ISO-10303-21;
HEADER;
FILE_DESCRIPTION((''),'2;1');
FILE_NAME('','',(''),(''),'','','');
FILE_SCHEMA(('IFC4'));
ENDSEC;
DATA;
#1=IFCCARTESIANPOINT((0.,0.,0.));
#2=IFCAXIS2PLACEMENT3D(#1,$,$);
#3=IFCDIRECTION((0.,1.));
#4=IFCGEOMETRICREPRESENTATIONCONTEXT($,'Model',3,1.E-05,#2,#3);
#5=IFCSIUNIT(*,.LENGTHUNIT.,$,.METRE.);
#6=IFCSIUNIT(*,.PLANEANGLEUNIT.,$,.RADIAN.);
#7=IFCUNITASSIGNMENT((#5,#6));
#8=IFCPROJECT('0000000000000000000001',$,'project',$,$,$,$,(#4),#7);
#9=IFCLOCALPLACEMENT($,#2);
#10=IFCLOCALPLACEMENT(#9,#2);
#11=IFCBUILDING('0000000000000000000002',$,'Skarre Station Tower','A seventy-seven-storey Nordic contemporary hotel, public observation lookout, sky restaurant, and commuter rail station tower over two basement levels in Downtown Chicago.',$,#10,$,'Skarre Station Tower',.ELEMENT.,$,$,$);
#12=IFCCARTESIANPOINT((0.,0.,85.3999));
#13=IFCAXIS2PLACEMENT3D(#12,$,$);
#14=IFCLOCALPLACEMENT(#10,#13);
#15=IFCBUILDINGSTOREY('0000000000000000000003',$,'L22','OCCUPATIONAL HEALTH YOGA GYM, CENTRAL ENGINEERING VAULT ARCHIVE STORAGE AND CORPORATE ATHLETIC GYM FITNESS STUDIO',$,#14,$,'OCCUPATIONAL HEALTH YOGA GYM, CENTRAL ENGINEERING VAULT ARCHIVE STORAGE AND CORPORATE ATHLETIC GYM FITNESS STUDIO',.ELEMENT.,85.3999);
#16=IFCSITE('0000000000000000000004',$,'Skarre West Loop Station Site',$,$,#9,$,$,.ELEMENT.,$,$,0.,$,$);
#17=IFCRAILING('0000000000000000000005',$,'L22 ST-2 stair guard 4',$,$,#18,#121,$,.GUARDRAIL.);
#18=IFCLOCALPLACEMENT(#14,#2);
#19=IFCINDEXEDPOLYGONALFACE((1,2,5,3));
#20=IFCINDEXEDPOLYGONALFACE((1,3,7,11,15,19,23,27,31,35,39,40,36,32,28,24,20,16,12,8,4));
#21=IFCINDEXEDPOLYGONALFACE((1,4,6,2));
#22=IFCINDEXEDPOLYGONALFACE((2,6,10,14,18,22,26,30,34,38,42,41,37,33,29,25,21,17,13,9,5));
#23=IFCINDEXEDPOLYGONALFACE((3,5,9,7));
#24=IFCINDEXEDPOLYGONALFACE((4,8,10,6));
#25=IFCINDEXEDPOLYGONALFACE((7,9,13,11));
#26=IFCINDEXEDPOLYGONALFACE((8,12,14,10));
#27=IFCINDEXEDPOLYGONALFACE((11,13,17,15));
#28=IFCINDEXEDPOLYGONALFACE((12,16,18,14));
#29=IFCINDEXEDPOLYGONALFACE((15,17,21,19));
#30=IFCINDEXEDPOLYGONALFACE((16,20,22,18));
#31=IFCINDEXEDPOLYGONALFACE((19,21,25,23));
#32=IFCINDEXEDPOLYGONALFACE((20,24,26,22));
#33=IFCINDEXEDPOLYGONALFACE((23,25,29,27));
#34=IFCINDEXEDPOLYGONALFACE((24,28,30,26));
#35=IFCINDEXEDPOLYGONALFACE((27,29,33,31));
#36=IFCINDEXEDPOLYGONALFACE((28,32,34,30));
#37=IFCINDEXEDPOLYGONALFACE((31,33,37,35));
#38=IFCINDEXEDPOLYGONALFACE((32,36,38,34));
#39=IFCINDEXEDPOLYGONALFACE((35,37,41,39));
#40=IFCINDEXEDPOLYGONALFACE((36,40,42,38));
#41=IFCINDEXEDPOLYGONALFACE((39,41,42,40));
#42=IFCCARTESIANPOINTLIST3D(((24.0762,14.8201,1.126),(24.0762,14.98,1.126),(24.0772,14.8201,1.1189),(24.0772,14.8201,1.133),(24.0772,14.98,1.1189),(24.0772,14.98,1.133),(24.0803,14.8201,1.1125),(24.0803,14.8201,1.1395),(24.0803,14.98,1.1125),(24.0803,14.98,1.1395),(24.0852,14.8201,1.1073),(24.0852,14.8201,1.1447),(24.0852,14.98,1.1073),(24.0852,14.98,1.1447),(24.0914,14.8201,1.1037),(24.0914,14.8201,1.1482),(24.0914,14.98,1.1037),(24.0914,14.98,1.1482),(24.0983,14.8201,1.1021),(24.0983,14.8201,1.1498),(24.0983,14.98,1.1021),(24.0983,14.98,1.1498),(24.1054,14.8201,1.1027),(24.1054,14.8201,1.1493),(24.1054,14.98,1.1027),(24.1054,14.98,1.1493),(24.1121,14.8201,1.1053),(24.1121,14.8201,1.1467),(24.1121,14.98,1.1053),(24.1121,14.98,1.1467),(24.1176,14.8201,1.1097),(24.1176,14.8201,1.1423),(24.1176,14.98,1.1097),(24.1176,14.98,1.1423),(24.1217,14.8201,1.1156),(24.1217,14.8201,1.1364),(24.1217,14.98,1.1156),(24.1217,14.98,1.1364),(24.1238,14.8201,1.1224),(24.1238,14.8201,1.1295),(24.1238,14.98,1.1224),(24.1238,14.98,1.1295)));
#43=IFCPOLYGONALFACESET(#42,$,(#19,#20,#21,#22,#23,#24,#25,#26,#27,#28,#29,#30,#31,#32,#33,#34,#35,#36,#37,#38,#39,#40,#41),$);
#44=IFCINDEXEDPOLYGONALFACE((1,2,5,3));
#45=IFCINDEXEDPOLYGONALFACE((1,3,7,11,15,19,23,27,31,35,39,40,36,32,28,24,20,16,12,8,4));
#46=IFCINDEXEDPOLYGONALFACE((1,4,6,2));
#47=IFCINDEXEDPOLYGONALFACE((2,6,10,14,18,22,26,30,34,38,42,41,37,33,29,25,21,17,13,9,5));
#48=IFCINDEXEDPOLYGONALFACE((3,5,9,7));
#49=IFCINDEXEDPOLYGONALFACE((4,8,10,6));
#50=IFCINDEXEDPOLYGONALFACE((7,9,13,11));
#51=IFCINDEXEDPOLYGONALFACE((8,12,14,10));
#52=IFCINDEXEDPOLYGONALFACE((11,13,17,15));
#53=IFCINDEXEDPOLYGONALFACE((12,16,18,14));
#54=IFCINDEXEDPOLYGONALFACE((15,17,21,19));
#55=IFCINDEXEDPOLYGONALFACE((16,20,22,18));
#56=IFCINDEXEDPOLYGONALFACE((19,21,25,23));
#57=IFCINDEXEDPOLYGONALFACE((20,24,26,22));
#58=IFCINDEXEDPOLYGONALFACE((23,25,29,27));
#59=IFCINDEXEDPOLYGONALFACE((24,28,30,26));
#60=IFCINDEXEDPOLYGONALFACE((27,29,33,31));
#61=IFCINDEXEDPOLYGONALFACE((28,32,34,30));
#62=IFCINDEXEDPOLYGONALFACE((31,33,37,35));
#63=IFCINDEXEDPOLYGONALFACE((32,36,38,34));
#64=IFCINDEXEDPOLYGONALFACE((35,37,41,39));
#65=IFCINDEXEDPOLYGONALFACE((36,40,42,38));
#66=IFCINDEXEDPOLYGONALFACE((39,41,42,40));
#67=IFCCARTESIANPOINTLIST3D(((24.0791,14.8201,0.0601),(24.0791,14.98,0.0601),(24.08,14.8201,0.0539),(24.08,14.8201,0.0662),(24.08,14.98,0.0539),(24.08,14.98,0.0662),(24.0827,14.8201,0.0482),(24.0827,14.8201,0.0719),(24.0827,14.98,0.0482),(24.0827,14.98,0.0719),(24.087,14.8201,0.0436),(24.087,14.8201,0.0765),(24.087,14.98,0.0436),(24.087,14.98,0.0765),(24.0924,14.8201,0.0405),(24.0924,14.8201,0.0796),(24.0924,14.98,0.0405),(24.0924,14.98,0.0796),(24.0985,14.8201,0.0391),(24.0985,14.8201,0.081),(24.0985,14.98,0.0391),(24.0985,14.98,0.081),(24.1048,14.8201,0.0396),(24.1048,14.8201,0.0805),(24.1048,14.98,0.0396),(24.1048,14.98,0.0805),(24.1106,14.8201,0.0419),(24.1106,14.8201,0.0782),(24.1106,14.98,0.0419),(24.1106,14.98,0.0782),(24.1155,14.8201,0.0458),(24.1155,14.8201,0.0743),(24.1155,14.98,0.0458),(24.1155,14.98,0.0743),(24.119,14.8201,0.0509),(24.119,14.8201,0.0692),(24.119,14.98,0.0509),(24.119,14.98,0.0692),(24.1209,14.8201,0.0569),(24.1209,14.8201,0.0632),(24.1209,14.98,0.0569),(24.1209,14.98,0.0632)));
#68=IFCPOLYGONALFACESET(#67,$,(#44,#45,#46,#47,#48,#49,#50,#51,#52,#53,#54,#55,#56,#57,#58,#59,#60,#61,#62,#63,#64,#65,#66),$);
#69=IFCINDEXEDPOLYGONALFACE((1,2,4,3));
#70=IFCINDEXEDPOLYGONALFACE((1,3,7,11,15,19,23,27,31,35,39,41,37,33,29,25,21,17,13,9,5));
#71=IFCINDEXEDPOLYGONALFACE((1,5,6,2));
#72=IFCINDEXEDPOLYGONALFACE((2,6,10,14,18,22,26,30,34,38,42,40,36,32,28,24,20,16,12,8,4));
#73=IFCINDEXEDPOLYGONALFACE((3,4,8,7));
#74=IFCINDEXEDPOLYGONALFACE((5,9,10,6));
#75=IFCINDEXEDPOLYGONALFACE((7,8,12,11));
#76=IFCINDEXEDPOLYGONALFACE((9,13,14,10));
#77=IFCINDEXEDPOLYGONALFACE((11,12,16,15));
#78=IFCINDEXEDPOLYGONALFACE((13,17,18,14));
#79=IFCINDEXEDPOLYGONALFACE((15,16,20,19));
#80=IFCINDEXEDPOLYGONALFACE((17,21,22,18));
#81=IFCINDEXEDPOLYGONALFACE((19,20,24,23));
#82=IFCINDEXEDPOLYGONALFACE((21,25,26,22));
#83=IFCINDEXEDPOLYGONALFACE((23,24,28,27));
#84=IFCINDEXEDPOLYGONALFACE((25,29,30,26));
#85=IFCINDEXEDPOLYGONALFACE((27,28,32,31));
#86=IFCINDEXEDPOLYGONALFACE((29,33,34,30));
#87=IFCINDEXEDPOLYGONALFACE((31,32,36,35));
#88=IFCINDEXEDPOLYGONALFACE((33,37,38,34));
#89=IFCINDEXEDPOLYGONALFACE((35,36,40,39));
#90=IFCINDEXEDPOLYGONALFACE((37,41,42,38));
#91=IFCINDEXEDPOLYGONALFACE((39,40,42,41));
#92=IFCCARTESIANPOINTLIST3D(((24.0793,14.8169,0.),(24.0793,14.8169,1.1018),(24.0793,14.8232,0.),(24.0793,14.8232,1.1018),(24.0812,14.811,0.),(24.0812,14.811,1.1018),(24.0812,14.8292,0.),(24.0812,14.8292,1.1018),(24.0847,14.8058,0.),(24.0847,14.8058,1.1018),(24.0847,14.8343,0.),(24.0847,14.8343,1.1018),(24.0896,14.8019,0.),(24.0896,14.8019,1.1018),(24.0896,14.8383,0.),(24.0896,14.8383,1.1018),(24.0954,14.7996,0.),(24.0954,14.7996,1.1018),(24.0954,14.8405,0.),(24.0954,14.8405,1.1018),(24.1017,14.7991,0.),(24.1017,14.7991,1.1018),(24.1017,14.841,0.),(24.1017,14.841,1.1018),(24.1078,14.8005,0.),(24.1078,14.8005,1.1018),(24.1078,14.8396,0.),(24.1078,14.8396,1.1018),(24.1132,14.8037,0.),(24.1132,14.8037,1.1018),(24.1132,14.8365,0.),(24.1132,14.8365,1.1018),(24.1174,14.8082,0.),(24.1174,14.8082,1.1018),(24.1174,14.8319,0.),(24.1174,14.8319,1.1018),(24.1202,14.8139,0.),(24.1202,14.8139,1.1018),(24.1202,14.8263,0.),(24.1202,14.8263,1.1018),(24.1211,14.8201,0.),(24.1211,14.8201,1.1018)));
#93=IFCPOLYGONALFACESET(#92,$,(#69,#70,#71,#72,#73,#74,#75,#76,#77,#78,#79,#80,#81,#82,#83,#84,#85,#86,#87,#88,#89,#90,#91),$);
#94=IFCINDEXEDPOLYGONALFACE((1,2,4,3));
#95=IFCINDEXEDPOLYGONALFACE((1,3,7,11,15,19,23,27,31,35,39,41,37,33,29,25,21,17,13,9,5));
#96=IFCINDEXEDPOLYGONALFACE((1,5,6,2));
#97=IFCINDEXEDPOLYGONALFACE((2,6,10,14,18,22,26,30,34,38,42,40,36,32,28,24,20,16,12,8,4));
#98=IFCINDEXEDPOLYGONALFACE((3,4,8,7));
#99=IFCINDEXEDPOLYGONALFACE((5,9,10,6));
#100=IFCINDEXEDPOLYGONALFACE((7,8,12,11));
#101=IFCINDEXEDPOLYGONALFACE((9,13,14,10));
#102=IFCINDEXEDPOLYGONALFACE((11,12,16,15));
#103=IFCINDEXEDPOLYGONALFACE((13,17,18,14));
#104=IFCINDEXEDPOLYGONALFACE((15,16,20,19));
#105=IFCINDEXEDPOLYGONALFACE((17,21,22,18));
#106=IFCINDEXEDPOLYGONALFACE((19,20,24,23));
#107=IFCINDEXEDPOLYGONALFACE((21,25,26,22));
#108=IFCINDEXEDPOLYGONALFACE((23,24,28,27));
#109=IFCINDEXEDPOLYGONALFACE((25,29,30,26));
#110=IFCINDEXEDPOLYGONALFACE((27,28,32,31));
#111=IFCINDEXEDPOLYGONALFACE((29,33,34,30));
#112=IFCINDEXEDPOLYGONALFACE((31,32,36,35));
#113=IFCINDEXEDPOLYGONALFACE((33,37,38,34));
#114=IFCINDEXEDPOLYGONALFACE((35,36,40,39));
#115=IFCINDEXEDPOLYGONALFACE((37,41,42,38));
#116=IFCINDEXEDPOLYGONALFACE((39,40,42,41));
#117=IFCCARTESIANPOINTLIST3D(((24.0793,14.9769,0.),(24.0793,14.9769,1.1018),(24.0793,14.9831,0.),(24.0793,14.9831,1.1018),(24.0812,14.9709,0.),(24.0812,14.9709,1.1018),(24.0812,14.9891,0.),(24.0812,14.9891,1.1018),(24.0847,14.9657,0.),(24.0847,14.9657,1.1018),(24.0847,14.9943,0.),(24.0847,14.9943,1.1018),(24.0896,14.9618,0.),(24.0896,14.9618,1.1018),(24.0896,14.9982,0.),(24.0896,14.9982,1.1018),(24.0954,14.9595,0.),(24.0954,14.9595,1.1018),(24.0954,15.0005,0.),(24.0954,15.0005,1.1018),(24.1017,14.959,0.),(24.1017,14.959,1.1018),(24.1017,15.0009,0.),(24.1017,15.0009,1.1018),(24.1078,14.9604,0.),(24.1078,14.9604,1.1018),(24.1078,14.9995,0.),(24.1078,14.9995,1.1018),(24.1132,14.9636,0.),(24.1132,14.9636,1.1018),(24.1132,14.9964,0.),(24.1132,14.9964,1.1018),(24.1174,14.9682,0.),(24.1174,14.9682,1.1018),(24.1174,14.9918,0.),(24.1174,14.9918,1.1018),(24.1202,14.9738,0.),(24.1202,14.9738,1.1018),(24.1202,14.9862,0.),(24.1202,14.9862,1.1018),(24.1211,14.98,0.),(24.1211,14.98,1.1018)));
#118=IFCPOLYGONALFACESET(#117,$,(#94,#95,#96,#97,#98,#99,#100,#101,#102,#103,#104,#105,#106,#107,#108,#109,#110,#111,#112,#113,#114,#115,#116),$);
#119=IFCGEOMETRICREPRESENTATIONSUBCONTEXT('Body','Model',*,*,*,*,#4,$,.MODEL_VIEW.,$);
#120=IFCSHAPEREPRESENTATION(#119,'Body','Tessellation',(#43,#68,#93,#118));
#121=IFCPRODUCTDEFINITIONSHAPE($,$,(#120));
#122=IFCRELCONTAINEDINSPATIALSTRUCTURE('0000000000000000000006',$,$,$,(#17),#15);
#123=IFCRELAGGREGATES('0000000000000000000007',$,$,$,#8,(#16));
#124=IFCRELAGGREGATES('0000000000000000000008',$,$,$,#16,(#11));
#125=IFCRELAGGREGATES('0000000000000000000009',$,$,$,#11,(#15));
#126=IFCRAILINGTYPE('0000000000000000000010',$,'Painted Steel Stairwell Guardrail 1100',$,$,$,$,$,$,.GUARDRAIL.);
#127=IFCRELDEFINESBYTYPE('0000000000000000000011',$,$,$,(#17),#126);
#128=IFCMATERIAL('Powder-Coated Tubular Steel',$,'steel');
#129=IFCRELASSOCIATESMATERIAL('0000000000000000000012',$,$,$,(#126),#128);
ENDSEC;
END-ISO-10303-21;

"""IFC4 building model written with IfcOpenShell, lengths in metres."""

from ifc_helpers import new_model, si_unit, direction, frame, origin, origin_2d, place, context, subcontext, project, spatial, circle, extrude, material, type_object, element, save


model = new_model("IFC4")

# Units and contexts
model_context = context("Model", 3, precision=1e-05, world=origin(), true_north=direction((0.0, 1.0)))
body_context = subcontext(model_context, "Body", "Model", "MODEL_VIEW")
ifc_project = project(units=[si_unit("LENGTHUNIT", "METRE"), si_unit("PLANEANGLEUNIT", "RADIAN")], contexts=[model_context])

# Site, building, storey
site_placement = place(None, origin())
site = spatial("IfcSite", under=ifc_project, at=site_placement, Name="Skarre West Loop Station Site", CompositionType="ELEMENT", RefElevation=0.0)
building_placement = place(site_placement, origin())
building = spatial("IfcBuilding", under=site, at=building_placement, Name="Skarre Station Tower", Description="A seventy-seven-storey Nordic contemporary hotel, public observation lookout, sky restaurant, and commuter rail station tower over two basement levels in Downtown Chicago.", LongName="Skarre Station Tower", CompositionType="ELEMENT")
storey_placement = place(building_placement, frame((0.0, 0.0, 85.3999)))
storey = spatial("IfcBuildingStorey", under=building, at=storey_placement, Name="L22", Description="OCCUPATIONAL HEALTH YOGA GYM, CENTRAL ENGINEERING VAULT ARCHIVE STORAGE AND CORPORATE ATHLETIC GYM FITNESS STUDIO", LongName="OCCUPATIONAL HEALTH YOGA GYM, CENTRAL ENGINEERING VAULT ARCHIVE STORAGE AND CORPORATE ATHLETIC GYM FITNESS STUDIO", CompositionType="ELEMENT", Elevation=85.3999)

# Railing
ifc_material_1 = material(Name="Powder-Coated Tubular Steel", Category="steel")
railing_type_1 = type_object("IfcRailingType", Name="Painted Steel Stairwell Guardrail 1100", PredefinedType="GUARDRAIL", material=ifc_material_1)
railing_1_placement = place(storey_placement, frame((24.1001, 14.8201, 0.0)))
element("IfcRailing", 1, at=railing_1_placement, inside=storey, type_object=railing_type_1, Name="L22 ST-2 stair guard 4", PredefinedType="GUARDRAIL", context=body_context, shape_type="SweptSolid", body=[
    extrude(circle(Radius=0.0239, at=origin_2d()), frame((0.0, 0.0, 1.126), z_axis=(0.0, 1.0, 0.0), x_axis=(-1.0, 0.0, 0.0)), (0.0, 0.0, 1.0), 0.1599),
    extrude(circle(Radius=0.021, at=origin_2d()), frame((0.0, 0.0, 0.0601), z_axis=(0.0, 1.0, 0.0), x_axis=(-1.0, 0.0, 0.0)), (0.0, 0.0, 1.0), 0.1599),
    extrude(circle(Radius=0.021, at=origin_2d()), origin(), (0.0, 0.0, 1.0), 1.1018),
    extrude(circle(Radius=0.021, at=origin_2d()), frame((0.0, 0.1599, 0.0)), (0.0, 0.0, 1.0), 1.1018),
])

save(model, "model.ifc")
